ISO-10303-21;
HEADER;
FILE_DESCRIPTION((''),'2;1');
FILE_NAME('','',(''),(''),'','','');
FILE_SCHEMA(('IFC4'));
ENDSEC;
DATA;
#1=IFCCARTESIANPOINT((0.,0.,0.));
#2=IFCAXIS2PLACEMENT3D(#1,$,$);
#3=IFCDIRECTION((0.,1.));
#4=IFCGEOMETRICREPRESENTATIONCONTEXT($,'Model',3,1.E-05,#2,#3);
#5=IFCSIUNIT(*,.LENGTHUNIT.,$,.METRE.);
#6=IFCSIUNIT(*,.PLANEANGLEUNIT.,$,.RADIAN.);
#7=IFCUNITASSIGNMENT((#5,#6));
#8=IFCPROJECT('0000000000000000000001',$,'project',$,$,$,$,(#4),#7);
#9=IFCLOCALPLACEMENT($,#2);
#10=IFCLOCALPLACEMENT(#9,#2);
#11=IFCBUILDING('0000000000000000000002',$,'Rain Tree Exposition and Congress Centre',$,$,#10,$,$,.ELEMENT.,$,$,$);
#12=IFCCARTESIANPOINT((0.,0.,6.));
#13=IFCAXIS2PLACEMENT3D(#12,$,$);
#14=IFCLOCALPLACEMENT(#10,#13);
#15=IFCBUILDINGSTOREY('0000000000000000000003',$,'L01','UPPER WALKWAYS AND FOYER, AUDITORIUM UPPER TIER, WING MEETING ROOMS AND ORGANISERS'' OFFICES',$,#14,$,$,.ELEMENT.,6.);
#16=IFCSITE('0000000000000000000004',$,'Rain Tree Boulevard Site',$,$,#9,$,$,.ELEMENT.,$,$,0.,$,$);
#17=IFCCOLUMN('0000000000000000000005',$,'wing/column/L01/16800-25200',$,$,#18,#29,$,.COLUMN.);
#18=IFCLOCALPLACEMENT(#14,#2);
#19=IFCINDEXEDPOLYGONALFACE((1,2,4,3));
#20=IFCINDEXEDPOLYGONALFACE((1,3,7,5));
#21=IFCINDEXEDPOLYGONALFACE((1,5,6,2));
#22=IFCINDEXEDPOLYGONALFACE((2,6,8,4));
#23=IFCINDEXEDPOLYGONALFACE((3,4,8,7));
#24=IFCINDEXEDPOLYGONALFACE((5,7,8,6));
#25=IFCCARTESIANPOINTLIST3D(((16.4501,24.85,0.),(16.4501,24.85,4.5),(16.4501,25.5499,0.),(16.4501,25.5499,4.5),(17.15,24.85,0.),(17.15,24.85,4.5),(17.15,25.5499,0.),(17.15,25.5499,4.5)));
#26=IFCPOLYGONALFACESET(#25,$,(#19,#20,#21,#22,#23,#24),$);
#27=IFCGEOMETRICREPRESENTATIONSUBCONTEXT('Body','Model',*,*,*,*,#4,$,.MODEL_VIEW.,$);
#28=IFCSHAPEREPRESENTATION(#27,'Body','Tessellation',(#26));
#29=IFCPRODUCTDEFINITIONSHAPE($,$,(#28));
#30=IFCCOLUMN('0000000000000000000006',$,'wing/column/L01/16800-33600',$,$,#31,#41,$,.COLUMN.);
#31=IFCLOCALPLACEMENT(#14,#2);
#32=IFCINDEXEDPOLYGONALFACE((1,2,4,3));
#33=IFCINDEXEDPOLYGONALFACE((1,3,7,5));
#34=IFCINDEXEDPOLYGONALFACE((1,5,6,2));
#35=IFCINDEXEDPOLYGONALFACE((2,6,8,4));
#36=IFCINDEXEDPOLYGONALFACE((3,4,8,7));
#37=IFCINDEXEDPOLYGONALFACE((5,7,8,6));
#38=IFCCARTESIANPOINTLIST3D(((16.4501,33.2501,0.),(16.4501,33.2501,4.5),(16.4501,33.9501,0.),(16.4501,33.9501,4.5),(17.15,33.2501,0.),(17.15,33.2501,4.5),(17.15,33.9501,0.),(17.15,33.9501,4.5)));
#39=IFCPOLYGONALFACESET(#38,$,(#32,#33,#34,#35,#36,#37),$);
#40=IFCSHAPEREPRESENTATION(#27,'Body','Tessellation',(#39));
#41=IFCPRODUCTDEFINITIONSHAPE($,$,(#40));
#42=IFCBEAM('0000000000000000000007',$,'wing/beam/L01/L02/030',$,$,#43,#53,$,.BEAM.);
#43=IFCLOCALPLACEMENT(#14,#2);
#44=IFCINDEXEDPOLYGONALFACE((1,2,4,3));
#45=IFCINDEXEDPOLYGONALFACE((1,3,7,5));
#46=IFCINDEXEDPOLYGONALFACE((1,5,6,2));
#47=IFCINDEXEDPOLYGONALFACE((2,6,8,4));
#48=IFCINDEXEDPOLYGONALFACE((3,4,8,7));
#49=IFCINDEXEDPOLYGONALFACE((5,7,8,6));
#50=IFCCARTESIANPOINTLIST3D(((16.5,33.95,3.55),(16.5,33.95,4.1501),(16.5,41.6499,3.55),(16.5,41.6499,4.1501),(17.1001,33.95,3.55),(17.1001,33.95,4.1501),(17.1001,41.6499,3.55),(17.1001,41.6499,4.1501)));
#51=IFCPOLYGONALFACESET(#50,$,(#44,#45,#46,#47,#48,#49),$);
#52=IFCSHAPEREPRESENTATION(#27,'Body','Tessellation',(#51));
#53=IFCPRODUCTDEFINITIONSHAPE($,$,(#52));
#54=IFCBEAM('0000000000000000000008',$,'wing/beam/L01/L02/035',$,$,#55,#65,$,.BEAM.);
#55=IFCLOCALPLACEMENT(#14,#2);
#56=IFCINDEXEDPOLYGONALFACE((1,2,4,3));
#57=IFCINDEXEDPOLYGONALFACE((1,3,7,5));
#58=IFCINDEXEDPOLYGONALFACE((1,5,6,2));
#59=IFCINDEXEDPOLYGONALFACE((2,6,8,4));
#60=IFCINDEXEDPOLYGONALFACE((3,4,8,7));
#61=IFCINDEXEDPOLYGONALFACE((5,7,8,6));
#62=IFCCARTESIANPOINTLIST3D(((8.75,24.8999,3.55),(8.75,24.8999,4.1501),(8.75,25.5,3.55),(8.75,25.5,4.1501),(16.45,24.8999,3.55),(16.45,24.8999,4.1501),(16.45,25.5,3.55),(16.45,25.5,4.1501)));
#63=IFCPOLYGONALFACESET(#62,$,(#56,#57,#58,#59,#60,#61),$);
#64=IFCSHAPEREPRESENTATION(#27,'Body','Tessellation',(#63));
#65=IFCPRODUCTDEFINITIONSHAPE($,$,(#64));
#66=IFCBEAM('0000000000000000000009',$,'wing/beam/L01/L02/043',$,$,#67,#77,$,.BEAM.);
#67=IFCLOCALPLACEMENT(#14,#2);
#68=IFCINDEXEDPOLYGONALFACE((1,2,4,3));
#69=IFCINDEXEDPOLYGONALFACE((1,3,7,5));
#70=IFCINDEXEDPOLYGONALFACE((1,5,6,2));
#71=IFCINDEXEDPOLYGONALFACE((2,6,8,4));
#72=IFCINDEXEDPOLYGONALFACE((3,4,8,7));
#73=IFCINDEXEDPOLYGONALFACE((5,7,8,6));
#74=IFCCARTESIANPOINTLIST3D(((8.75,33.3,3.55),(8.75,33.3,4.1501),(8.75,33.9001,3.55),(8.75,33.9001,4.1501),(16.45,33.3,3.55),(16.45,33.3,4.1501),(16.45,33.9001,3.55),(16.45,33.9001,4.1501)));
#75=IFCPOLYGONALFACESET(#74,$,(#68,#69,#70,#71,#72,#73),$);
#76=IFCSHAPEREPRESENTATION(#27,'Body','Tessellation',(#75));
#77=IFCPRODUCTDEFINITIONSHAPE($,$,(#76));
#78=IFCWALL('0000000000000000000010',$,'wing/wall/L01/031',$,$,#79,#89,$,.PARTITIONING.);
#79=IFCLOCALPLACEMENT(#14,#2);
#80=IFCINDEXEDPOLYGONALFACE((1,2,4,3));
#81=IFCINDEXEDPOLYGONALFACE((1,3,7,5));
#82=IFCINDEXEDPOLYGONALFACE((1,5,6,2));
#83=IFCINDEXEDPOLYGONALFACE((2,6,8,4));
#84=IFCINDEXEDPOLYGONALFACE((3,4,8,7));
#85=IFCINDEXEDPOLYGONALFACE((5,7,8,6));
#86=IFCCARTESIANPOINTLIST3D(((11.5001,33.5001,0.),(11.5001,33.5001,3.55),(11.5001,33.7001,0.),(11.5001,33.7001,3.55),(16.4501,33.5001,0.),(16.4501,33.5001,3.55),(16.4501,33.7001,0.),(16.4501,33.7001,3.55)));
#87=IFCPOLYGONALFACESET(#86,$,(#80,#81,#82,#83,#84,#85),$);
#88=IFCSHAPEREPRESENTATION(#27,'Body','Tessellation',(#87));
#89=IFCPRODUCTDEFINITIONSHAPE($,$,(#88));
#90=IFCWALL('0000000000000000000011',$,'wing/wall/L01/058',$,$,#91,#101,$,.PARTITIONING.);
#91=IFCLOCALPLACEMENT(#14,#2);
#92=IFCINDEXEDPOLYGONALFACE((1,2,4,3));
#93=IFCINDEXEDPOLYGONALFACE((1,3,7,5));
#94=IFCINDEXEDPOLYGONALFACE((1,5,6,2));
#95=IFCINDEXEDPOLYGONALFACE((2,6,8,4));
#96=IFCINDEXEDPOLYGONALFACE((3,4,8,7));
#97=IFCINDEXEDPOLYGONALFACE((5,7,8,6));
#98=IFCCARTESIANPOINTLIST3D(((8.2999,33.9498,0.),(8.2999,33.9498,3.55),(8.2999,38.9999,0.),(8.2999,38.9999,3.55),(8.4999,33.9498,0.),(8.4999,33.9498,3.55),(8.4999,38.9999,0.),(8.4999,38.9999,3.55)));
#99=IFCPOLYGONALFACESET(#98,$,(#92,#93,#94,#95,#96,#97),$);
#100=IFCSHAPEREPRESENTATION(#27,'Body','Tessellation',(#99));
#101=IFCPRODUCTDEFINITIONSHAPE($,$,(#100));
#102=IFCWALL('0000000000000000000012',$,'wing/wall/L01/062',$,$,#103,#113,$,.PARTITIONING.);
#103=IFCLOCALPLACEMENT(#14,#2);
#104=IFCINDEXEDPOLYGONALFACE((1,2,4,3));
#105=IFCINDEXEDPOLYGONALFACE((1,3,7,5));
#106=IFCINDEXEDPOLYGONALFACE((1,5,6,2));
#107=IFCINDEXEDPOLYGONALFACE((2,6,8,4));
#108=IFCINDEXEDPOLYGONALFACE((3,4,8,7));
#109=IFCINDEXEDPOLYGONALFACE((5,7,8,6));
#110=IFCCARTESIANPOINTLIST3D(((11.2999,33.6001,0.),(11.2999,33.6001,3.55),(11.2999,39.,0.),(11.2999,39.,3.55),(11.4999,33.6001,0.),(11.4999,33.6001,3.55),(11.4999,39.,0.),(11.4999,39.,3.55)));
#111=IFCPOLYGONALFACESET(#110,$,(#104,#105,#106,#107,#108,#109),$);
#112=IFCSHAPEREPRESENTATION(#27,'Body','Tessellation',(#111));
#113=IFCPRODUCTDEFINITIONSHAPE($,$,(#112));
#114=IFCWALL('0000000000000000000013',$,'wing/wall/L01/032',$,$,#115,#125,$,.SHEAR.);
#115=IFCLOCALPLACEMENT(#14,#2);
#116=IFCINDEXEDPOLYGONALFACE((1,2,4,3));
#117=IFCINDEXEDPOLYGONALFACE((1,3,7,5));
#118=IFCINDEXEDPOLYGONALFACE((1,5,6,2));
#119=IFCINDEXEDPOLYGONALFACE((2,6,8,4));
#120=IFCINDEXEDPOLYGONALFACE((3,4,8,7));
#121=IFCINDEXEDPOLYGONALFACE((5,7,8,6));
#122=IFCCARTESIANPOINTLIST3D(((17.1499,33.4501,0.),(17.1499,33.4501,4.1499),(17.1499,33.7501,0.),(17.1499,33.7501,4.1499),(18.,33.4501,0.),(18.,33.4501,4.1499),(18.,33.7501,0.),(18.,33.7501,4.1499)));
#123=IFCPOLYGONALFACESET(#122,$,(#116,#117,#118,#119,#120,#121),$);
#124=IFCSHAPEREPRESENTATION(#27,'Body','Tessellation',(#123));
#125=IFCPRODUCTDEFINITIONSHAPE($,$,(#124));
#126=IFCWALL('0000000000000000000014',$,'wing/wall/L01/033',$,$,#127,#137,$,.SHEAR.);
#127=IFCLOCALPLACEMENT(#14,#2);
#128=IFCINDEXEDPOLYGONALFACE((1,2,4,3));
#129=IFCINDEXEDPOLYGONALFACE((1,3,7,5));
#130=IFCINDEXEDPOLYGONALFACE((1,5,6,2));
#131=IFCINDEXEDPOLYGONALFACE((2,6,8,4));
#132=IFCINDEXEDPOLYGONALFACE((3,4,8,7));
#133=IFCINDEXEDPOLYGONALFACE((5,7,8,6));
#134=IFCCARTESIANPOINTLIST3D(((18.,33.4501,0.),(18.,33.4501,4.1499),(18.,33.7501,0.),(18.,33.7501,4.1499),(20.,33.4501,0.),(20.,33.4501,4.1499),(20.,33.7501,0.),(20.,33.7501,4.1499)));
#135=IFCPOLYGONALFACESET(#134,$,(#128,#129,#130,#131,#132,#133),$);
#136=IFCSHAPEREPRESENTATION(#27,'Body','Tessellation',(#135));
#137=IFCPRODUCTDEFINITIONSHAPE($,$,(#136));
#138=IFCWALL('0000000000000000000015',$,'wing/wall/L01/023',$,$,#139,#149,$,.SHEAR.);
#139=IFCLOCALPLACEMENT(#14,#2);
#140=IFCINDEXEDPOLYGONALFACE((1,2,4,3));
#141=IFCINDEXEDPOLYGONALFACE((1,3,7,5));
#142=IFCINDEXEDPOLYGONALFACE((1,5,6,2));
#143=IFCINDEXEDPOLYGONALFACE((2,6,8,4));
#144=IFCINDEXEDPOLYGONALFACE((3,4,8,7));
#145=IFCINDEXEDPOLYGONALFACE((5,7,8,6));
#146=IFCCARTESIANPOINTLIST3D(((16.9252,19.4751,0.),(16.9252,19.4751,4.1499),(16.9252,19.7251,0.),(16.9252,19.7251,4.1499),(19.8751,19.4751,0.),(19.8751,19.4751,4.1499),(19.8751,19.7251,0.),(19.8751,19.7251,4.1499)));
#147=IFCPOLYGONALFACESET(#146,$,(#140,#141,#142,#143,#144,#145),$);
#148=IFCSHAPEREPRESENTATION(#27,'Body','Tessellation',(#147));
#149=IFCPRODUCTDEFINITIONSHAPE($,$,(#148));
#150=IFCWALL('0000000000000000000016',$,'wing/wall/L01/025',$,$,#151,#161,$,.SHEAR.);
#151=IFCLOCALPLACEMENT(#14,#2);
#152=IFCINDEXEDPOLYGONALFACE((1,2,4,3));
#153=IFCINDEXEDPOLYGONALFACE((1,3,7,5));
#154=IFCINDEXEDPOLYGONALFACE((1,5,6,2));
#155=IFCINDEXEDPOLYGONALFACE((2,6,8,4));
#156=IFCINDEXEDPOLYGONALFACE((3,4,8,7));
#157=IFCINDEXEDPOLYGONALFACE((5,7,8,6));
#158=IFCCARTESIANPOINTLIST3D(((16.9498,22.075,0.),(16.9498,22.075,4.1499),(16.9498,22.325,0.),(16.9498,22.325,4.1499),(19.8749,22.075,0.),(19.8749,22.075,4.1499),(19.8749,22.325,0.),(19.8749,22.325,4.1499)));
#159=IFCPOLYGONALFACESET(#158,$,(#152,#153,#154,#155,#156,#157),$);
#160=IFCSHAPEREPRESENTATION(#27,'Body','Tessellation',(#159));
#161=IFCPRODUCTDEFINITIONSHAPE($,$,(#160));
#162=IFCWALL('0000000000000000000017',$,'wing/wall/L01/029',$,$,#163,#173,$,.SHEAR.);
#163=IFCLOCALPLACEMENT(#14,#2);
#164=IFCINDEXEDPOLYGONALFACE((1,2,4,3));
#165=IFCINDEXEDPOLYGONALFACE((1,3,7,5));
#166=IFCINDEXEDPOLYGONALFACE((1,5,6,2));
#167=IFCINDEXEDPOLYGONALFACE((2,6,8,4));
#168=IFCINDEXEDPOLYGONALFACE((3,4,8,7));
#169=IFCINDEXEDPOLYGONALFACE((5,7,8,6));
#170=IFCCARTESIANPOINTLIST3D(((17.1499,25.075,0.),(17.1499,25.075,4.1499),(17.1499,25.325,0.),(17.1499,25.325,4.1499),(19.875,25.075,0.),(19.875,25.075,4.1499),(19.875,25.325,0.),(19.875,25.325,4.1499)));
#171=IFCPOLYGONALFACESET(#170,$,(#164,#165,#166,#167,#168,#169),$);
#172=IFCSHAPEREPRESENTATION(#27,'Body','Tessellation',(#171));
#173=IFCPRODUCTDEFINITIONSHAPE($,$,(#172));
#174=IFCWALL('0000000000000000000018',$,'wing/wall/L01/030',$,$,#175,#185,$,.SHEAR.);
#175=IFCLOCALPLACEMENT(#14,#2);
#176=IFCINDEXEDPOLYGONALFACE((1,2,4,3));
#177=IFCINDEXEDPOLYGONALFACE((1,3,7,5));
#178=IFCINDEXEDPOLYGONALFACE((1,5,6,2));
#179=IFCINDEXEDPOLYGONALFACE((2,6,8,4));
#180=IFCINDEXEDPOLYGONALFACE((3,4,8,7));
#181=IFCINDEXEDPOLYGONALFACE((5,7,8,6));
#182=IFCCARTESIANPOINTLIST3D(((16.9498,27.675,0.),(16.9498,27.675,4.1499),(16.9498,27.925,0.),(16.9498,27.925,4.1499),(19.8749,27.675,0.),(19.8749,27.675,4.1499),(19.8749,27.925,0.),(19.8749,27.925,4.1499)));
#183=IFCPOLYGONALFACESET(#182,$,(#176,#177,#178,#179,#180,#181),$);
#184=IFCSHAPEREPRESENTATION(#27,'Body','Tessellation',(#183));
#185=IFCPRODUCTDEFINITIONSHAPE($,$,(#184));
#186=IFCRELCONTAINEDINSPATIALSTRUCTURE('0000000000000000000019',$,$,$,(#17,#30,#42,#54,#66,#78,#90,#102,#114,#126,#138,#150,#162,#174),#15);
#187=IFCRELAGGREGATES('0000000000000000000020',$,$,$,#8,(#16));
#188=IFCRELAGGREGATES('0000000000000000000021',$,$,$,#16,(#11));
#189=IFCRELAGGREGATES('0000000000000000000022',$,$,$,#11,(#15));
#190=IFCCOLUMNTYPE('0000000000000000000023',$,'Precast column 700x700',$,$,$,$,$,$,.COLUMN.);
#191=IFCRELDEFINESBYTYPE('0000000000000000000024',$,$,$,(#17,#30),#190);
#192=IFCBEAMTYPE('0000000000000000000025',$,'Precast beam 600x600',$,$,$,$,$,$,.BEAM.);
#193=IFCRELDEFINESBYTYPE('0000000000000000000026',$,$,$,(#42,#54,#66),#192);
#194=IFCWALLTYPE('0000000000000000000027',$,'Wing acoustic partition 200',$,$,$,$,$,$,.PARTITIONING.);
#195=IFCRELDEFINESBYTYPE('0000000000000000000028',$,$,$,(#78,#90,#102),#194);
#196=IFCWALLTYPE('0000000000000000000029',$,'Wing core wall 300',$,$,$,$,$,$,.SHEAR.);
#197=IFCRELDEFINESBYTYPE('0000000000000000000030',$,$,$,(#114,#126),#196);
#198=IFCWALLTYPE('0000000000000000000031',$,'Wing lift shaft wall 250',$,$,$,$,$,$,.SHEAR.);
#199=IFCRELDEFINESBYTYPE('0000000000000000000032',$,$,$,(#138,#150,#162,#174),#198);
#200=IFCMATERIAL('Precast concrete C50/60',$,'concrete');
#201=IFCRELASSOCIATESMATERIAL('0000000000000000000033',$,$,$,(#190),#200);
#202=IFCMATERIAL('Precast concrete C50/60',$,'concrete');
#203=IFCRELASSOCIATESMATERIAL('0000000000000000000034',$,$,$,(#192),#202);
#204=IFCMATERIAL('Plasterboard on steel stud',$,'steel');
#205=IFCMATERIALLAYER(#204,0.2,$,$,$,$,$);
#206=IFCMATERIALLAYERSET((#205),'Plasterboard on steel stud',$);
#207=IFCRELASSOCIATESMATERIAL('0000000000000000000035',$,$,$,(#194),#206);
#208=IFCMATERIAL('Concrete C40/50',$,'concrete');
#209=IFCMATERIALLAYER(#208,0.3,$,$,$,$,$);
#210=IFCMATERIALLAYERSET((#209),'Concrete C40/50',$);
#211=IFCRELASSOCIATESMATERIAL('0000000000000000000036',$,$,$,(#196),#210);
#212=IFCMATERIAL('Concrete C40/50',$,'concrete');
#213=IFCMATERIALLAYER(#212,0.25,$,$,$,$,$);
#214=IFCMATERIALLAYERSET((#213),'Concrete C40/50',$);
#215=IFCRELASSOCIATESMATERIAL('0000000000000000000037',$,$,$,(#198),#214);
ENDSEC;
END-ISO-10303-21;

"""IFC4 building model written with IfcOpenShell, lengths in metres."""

from ifc_helpers import new_model, si_unit, direction, frame, frame_2d, origin, origin_2d, place, context, subcontext, project, spatial, rectangle, extrude, material, layer, layer_set, material_profile, profile_set, type_object, element, save


model = new_model("IFC4")

# Units and contexts
model_context = context("Model", 3, precision=1e-05, world=origin(), true_north=direction((0.0, 1.0)))
body_context = subcontext(model_context, "Body", "Model", "MODEL_VIEW")
ifc_project = project(units=[si_unit("LENGTHUNIT", "METRE"), si_unit("PLANEANGLEUNIT", "RADIAN")], contexts=[model_context])

# Site, building, storey
site_placement = place(None, origin())
site = spatial("IfcSite", under=ifc_project, at=site_placement, Name="Rain Tree Boulevard Site", CompositionType="ELEMENT", RefElevation=0.0)
building_placement = place(site_placement, origin())
building = spatial("IfcBuilding", under=site, at=building_placement, Name="Rain Tree Exposition and Congress Centre", CompositionType="ELEMENT")
storey_placement = place(building_placement, frame((0.0, 0.0, 6.0)))
storey = spatial("IfcBuildingStorey", under=building, at=storey_placement, Name="L01", Description="UPPER WALKWAYS AND FOYER, AUDITORIUM UPPER TIER, WING MEETING ROOMS AND ORGANISERS' OFFICES", CompositionType="ELEMENT", Elevation=6.0)

# Columns
ifc_material_1 = material(Name="Precast concrete C50/60", Category="concrete")
ifc_material_profile_1 = material_profile(ifc_material_1, rectangle(XDim=0.7, YDim=0.7, at=origin_2d()), Name="RC 700x700")
ifc_profile_set_1 = profile_set([ifc_material_profile_1], Name="Precast concrete C50/60")
column_type = type_object("IfcColumnType", Name="Precast column 700x700", PredefinedType="COLUMN", material=ifc_profile_set_1)
for number, where, z_axis, x_axis, name in (
    (1, (16.8, 25.2, 0.0), (0.0, 0.0, 1.0), (1.0, 0.0, 0.0), "wing/column/L01/16800-25200"),
    (2, (16.8, 33.6001, 0.0), (0.0, 0.0, 1.0), (1.0, 0.0, 0.0), "wing/column/L01/16800-33600"),
):
    element("IfcColumn", number, at=place(storey_placement, frame(where, z_axis=z_axis, x_axis=x_axis)), inside=storey, type_object=column_type, Name=name, PredefinedType="COLUMN", context=body_context, shape_type="SweptSolid", body=[
        extrude(rectangle(XDim=0.7, YDim=0.7, at=origin_2d()), origin(), (0.0, 0.0, 1.0), 4.5),
    ])

# Beams
ifc_material_2 = material(Name="Precast concrete C50/60", Category="concrete")
ifc_material_profile_2 = material_profile(ifc_material_2, rectangle(XDim=0.6001, YDim=0.6001, at=origin_2d()), Name="RC 600x600")
ifc_profile_set_2 = profile_set([ifc_material_profile_2], Name="Precast concrete C50/60")
beam_type = type_object("IfcBeamType", Name="Precast beam 600x600", PredefinedType="BEAM", material=ifc_profile_set_2)
for number, where, z_axis, x_axis, name in (
    (3, (16.8, 33.95, 3.8501), (0.0, 1.0, 0.0), (-1.0, 0.0, 0.0), "wing/beam/L01/L02/030"),
    (4, (8.75, 25.2, 3.8501), (1.0, 0.0, 0.0), (0.0, 1.0, 0.0), "wing/beam/L01/L02/035"),
    (5, (8.75, 33.6001, 3.8501), (1.0, 0.0, 0.0), (0.0, 1.0, 0.0), "wing/beam/L01/L02/043"),
):
    element("IfcBeam", number, at=place(storey_placement, frame(where, z_axis=z_axis, x_axis=x_axis)), inside=storey, type_object=beam_type, Name=name, PredefinedType="BEAM", context=body_context, shape_type="SweptSolid", body=[
        extrude(rectangle(XDim=0.6001, YDim=0.6001, at=origin_2d()), origin(), (0.0, 0.0, 1.0), 7.7),
    ])

# Walls
ifc_material_3 = material(Name="Plasterboard on steel stud", Category="steel")
ifc_layer_1 = layer(ifc_material_3, 0.2)
ifc_layer_set_1 = layer_set([ifc_layer_1], Name="Plasterboard on steel stud")
wall_type_1 = type_object("IfcWallType", Name="Wing acoustic partition 200", PredefinedType="PARTITIONING", material=ifc_layer_set_1)
wall_1_placement = place(storey_placement, frame((11.5, 33.6001, 0.0), z_axis=(0.0, 0.0, 1.0), x_axis=(1.0, 0.0, 0.0)))
element("IfcWall", 6, at=wall_1_placement, inside=storey, type_object=wall_type_1, Name="wing/wall/L01/031", PredefinedType="PARTITIONING", context=body_context, shape_type="SweptSolid", body=[
    extrude(rectangle(XDim=4.95, YDim=0.2, at=frame_2d((2.4751, 0.0))), origin(), (0.0, 0.0, 1.0), 3.55),
])
wall_2_placement = place(storey_placement, frame((8.3999, 33.95, 0.0), z_axis=(0.0, 0.0, 1.0), x_axis=(0.0, 1.0, 0.0)))
element("IfcWall", 7, at=wall_2_placement, inside=storey, type_object=wall_type_1, Name="wing/wall/L01/058", PredefinedType="PARTITIONING", context=body_context, shape_type="SweptSolid", body=[
    extrude(rectangle(XDim=5.05, YDim=0.2, at=frame_2d((2.5249, 0.0))), origin(), (0.0, 0.0, 1.0), 3.55),
])
wall_3_placement = place(storey_placement, frame((11.3999, 33.6001, 0.0), z_axis=(0.0, 0.0, 1.0), x_axis=(0.0, 1.0, 0.0)))
element("IfcWall", 8, at=wall_3_placement, inside=storey, type_object=wall_type_1, Name="wing/wall/L01/062", PredefinedType="PARTITIONING", context=body_context, shape_type="SweptSolid", body=[
    extrude(rectangle(XDim=5.3999, YDim=0.2, at=frame_2d((2.7, 0.0))), origin(), (0.0, 0.0, 1.0), 3.55),
])
ifc_material_4 = material(Name="Concrete C40/50", Category="concrete")
ifc_layer_2 = layer(ifc_material_4, 0.3)
ifc_layer_set_2 = layer_set([ifc_layer_2], Name="Concrete C40/50")
wall_type_2 = type_object("IfcWallType", Name="Wing core wall 300", PredefinedType="SHEAR", material=ifc_layer_set_2)
wall_4_placement = place(storey_placement, frame((17.1499, 33.6001, 0.0), z_axis=(0.0, 0.0, 1.0), x_axis=(1.0, 0.0, 0.0)))
element("IfcWall", 9, at=wall_4_placement, inside=storey, type_object=wall_type_2, Name="wing/wall/L01/032", PredefinedType="SHEAR", context=body_context, shape_type="SweptSolid", body=[
    extrude(rectangle(XDim=0.8501, YDim=0.3, at=frame_2d((0.425, 0.0))), origin(), (0.0, 0.0, 1.0), 4.1499),
])
wall_5_placement = place(storey_placement, frame((18.0, 33.6001, 0.0), z_axis=(0.0, 0.0, 1.0), x_axis=(1.0, 0.0, 0.0)))
element("IfcWall", 10, at=wall_5_placement, inside=storey, type_object=wall_type_2, Name="wing/wall/L01/033", PredefinedType="SHEAR", context=body_context, shape_type="SweptSolid", body=[
    extrude(rectangle(XDim=2.0, YDim=0.3, at=frame_2d((1.0, 0.0))), origin(), (0.0, 0.0, 1.0), 4.1499),
])

# Walls
ifc_material_5 = material(Name="Concrete C40/50", Category="concrete")
ifc_layer_3 = layer(ifc_material_5, 0.25)
ifc_layer_set_3 = layer_set([ifc_layer_3], Name="Concrete C40/50")
wall_type_3 = type_object("IfcWallType", Name="Wing lift shaft wall 250", PredefinedType="SHEAR", material=ifc_layer_set_3)
wall_6_placement = place(storey_placement, frame((16.925, 19.6001, 0.0), z_axis=(0.0, 0.0, 1.0), x_axis=(1.0, 0.0, 0.0)))
element("IfcWall", 11, at=wall_6_placement, inside=storey, type_object=wall_type_3, Name="wing/wall/L01/023", PredefinedType="SHEAR", context=body_context, shape_type="SweptSolid", body=[
    extrude(rectangle(XDim=2.95, YDim=0.25, at=frame_2d((1.4751, 0.0))), origin(), (0.0, 0.0, 1.0), 4.1499),
])
wall_7_placement = place(storey_placement, frame((16.95, 22.2, 0.0), z_axis=(0.0, 0.0, 1.0), x_axis=(1.0, 0.0, 0.0)))
element("IfcWall", 12, at=wall_7_placement, inside=storey, type_object=wall_type_3, Name="wing/wall/L01/025", PredefinedType="SHEAR", context=body_context, shape_type="SweptSolid", body=[
    extrude(rectangle(XDim=2.925, YDim=0.25, at=frame_2d((1.4624, 0.0))), origin(), (0.0, 0.0, 1.0), 4.1499),
])
wall_8_placement = place(storey_placement, frame((17.1499, 25.2, 0.0), z_axis=(0.0, 0.0, 1.0), x_axis=(1.0, 0.0, 0.0)))
element("IfcWall", 13, at=wall_8_placement, inside=storey, type_object=wall_type_3, Name="wing/wall/L01/029", PredefinedType="SHEAR", context=body_context, shape_type="SweptSolid", body=[
    extrude(rectangle(XDim=2.7251, YDim=0.25, at=frame_2d((1.3625, 0.0))), origin(), (0.0, 0.0, 1.0), 4.1499),
])
wall_9_placement = place(storey_placement, frame((16.95, 27.8, 0.0), z_axis=(0.0, 0.0, 1.0), x_axis=(1.0, 0.0, 0.0)))
element("IfcWall", 14, at=wall_9_placement, inside=storey, type_object=wall_type_3, Name="wing/wall/L01/030", PredefinedType="SHEAR", context=body_context, shape_type="SweptSolid", body=[
    extrude(rectangle(XDim=2.925, YDim=0.25, at=frame_2d((1.4624, 0.0))), origin(), (0.0, 0.0, 1.0), 4.1499),
])

save(model, "model.ifc")
